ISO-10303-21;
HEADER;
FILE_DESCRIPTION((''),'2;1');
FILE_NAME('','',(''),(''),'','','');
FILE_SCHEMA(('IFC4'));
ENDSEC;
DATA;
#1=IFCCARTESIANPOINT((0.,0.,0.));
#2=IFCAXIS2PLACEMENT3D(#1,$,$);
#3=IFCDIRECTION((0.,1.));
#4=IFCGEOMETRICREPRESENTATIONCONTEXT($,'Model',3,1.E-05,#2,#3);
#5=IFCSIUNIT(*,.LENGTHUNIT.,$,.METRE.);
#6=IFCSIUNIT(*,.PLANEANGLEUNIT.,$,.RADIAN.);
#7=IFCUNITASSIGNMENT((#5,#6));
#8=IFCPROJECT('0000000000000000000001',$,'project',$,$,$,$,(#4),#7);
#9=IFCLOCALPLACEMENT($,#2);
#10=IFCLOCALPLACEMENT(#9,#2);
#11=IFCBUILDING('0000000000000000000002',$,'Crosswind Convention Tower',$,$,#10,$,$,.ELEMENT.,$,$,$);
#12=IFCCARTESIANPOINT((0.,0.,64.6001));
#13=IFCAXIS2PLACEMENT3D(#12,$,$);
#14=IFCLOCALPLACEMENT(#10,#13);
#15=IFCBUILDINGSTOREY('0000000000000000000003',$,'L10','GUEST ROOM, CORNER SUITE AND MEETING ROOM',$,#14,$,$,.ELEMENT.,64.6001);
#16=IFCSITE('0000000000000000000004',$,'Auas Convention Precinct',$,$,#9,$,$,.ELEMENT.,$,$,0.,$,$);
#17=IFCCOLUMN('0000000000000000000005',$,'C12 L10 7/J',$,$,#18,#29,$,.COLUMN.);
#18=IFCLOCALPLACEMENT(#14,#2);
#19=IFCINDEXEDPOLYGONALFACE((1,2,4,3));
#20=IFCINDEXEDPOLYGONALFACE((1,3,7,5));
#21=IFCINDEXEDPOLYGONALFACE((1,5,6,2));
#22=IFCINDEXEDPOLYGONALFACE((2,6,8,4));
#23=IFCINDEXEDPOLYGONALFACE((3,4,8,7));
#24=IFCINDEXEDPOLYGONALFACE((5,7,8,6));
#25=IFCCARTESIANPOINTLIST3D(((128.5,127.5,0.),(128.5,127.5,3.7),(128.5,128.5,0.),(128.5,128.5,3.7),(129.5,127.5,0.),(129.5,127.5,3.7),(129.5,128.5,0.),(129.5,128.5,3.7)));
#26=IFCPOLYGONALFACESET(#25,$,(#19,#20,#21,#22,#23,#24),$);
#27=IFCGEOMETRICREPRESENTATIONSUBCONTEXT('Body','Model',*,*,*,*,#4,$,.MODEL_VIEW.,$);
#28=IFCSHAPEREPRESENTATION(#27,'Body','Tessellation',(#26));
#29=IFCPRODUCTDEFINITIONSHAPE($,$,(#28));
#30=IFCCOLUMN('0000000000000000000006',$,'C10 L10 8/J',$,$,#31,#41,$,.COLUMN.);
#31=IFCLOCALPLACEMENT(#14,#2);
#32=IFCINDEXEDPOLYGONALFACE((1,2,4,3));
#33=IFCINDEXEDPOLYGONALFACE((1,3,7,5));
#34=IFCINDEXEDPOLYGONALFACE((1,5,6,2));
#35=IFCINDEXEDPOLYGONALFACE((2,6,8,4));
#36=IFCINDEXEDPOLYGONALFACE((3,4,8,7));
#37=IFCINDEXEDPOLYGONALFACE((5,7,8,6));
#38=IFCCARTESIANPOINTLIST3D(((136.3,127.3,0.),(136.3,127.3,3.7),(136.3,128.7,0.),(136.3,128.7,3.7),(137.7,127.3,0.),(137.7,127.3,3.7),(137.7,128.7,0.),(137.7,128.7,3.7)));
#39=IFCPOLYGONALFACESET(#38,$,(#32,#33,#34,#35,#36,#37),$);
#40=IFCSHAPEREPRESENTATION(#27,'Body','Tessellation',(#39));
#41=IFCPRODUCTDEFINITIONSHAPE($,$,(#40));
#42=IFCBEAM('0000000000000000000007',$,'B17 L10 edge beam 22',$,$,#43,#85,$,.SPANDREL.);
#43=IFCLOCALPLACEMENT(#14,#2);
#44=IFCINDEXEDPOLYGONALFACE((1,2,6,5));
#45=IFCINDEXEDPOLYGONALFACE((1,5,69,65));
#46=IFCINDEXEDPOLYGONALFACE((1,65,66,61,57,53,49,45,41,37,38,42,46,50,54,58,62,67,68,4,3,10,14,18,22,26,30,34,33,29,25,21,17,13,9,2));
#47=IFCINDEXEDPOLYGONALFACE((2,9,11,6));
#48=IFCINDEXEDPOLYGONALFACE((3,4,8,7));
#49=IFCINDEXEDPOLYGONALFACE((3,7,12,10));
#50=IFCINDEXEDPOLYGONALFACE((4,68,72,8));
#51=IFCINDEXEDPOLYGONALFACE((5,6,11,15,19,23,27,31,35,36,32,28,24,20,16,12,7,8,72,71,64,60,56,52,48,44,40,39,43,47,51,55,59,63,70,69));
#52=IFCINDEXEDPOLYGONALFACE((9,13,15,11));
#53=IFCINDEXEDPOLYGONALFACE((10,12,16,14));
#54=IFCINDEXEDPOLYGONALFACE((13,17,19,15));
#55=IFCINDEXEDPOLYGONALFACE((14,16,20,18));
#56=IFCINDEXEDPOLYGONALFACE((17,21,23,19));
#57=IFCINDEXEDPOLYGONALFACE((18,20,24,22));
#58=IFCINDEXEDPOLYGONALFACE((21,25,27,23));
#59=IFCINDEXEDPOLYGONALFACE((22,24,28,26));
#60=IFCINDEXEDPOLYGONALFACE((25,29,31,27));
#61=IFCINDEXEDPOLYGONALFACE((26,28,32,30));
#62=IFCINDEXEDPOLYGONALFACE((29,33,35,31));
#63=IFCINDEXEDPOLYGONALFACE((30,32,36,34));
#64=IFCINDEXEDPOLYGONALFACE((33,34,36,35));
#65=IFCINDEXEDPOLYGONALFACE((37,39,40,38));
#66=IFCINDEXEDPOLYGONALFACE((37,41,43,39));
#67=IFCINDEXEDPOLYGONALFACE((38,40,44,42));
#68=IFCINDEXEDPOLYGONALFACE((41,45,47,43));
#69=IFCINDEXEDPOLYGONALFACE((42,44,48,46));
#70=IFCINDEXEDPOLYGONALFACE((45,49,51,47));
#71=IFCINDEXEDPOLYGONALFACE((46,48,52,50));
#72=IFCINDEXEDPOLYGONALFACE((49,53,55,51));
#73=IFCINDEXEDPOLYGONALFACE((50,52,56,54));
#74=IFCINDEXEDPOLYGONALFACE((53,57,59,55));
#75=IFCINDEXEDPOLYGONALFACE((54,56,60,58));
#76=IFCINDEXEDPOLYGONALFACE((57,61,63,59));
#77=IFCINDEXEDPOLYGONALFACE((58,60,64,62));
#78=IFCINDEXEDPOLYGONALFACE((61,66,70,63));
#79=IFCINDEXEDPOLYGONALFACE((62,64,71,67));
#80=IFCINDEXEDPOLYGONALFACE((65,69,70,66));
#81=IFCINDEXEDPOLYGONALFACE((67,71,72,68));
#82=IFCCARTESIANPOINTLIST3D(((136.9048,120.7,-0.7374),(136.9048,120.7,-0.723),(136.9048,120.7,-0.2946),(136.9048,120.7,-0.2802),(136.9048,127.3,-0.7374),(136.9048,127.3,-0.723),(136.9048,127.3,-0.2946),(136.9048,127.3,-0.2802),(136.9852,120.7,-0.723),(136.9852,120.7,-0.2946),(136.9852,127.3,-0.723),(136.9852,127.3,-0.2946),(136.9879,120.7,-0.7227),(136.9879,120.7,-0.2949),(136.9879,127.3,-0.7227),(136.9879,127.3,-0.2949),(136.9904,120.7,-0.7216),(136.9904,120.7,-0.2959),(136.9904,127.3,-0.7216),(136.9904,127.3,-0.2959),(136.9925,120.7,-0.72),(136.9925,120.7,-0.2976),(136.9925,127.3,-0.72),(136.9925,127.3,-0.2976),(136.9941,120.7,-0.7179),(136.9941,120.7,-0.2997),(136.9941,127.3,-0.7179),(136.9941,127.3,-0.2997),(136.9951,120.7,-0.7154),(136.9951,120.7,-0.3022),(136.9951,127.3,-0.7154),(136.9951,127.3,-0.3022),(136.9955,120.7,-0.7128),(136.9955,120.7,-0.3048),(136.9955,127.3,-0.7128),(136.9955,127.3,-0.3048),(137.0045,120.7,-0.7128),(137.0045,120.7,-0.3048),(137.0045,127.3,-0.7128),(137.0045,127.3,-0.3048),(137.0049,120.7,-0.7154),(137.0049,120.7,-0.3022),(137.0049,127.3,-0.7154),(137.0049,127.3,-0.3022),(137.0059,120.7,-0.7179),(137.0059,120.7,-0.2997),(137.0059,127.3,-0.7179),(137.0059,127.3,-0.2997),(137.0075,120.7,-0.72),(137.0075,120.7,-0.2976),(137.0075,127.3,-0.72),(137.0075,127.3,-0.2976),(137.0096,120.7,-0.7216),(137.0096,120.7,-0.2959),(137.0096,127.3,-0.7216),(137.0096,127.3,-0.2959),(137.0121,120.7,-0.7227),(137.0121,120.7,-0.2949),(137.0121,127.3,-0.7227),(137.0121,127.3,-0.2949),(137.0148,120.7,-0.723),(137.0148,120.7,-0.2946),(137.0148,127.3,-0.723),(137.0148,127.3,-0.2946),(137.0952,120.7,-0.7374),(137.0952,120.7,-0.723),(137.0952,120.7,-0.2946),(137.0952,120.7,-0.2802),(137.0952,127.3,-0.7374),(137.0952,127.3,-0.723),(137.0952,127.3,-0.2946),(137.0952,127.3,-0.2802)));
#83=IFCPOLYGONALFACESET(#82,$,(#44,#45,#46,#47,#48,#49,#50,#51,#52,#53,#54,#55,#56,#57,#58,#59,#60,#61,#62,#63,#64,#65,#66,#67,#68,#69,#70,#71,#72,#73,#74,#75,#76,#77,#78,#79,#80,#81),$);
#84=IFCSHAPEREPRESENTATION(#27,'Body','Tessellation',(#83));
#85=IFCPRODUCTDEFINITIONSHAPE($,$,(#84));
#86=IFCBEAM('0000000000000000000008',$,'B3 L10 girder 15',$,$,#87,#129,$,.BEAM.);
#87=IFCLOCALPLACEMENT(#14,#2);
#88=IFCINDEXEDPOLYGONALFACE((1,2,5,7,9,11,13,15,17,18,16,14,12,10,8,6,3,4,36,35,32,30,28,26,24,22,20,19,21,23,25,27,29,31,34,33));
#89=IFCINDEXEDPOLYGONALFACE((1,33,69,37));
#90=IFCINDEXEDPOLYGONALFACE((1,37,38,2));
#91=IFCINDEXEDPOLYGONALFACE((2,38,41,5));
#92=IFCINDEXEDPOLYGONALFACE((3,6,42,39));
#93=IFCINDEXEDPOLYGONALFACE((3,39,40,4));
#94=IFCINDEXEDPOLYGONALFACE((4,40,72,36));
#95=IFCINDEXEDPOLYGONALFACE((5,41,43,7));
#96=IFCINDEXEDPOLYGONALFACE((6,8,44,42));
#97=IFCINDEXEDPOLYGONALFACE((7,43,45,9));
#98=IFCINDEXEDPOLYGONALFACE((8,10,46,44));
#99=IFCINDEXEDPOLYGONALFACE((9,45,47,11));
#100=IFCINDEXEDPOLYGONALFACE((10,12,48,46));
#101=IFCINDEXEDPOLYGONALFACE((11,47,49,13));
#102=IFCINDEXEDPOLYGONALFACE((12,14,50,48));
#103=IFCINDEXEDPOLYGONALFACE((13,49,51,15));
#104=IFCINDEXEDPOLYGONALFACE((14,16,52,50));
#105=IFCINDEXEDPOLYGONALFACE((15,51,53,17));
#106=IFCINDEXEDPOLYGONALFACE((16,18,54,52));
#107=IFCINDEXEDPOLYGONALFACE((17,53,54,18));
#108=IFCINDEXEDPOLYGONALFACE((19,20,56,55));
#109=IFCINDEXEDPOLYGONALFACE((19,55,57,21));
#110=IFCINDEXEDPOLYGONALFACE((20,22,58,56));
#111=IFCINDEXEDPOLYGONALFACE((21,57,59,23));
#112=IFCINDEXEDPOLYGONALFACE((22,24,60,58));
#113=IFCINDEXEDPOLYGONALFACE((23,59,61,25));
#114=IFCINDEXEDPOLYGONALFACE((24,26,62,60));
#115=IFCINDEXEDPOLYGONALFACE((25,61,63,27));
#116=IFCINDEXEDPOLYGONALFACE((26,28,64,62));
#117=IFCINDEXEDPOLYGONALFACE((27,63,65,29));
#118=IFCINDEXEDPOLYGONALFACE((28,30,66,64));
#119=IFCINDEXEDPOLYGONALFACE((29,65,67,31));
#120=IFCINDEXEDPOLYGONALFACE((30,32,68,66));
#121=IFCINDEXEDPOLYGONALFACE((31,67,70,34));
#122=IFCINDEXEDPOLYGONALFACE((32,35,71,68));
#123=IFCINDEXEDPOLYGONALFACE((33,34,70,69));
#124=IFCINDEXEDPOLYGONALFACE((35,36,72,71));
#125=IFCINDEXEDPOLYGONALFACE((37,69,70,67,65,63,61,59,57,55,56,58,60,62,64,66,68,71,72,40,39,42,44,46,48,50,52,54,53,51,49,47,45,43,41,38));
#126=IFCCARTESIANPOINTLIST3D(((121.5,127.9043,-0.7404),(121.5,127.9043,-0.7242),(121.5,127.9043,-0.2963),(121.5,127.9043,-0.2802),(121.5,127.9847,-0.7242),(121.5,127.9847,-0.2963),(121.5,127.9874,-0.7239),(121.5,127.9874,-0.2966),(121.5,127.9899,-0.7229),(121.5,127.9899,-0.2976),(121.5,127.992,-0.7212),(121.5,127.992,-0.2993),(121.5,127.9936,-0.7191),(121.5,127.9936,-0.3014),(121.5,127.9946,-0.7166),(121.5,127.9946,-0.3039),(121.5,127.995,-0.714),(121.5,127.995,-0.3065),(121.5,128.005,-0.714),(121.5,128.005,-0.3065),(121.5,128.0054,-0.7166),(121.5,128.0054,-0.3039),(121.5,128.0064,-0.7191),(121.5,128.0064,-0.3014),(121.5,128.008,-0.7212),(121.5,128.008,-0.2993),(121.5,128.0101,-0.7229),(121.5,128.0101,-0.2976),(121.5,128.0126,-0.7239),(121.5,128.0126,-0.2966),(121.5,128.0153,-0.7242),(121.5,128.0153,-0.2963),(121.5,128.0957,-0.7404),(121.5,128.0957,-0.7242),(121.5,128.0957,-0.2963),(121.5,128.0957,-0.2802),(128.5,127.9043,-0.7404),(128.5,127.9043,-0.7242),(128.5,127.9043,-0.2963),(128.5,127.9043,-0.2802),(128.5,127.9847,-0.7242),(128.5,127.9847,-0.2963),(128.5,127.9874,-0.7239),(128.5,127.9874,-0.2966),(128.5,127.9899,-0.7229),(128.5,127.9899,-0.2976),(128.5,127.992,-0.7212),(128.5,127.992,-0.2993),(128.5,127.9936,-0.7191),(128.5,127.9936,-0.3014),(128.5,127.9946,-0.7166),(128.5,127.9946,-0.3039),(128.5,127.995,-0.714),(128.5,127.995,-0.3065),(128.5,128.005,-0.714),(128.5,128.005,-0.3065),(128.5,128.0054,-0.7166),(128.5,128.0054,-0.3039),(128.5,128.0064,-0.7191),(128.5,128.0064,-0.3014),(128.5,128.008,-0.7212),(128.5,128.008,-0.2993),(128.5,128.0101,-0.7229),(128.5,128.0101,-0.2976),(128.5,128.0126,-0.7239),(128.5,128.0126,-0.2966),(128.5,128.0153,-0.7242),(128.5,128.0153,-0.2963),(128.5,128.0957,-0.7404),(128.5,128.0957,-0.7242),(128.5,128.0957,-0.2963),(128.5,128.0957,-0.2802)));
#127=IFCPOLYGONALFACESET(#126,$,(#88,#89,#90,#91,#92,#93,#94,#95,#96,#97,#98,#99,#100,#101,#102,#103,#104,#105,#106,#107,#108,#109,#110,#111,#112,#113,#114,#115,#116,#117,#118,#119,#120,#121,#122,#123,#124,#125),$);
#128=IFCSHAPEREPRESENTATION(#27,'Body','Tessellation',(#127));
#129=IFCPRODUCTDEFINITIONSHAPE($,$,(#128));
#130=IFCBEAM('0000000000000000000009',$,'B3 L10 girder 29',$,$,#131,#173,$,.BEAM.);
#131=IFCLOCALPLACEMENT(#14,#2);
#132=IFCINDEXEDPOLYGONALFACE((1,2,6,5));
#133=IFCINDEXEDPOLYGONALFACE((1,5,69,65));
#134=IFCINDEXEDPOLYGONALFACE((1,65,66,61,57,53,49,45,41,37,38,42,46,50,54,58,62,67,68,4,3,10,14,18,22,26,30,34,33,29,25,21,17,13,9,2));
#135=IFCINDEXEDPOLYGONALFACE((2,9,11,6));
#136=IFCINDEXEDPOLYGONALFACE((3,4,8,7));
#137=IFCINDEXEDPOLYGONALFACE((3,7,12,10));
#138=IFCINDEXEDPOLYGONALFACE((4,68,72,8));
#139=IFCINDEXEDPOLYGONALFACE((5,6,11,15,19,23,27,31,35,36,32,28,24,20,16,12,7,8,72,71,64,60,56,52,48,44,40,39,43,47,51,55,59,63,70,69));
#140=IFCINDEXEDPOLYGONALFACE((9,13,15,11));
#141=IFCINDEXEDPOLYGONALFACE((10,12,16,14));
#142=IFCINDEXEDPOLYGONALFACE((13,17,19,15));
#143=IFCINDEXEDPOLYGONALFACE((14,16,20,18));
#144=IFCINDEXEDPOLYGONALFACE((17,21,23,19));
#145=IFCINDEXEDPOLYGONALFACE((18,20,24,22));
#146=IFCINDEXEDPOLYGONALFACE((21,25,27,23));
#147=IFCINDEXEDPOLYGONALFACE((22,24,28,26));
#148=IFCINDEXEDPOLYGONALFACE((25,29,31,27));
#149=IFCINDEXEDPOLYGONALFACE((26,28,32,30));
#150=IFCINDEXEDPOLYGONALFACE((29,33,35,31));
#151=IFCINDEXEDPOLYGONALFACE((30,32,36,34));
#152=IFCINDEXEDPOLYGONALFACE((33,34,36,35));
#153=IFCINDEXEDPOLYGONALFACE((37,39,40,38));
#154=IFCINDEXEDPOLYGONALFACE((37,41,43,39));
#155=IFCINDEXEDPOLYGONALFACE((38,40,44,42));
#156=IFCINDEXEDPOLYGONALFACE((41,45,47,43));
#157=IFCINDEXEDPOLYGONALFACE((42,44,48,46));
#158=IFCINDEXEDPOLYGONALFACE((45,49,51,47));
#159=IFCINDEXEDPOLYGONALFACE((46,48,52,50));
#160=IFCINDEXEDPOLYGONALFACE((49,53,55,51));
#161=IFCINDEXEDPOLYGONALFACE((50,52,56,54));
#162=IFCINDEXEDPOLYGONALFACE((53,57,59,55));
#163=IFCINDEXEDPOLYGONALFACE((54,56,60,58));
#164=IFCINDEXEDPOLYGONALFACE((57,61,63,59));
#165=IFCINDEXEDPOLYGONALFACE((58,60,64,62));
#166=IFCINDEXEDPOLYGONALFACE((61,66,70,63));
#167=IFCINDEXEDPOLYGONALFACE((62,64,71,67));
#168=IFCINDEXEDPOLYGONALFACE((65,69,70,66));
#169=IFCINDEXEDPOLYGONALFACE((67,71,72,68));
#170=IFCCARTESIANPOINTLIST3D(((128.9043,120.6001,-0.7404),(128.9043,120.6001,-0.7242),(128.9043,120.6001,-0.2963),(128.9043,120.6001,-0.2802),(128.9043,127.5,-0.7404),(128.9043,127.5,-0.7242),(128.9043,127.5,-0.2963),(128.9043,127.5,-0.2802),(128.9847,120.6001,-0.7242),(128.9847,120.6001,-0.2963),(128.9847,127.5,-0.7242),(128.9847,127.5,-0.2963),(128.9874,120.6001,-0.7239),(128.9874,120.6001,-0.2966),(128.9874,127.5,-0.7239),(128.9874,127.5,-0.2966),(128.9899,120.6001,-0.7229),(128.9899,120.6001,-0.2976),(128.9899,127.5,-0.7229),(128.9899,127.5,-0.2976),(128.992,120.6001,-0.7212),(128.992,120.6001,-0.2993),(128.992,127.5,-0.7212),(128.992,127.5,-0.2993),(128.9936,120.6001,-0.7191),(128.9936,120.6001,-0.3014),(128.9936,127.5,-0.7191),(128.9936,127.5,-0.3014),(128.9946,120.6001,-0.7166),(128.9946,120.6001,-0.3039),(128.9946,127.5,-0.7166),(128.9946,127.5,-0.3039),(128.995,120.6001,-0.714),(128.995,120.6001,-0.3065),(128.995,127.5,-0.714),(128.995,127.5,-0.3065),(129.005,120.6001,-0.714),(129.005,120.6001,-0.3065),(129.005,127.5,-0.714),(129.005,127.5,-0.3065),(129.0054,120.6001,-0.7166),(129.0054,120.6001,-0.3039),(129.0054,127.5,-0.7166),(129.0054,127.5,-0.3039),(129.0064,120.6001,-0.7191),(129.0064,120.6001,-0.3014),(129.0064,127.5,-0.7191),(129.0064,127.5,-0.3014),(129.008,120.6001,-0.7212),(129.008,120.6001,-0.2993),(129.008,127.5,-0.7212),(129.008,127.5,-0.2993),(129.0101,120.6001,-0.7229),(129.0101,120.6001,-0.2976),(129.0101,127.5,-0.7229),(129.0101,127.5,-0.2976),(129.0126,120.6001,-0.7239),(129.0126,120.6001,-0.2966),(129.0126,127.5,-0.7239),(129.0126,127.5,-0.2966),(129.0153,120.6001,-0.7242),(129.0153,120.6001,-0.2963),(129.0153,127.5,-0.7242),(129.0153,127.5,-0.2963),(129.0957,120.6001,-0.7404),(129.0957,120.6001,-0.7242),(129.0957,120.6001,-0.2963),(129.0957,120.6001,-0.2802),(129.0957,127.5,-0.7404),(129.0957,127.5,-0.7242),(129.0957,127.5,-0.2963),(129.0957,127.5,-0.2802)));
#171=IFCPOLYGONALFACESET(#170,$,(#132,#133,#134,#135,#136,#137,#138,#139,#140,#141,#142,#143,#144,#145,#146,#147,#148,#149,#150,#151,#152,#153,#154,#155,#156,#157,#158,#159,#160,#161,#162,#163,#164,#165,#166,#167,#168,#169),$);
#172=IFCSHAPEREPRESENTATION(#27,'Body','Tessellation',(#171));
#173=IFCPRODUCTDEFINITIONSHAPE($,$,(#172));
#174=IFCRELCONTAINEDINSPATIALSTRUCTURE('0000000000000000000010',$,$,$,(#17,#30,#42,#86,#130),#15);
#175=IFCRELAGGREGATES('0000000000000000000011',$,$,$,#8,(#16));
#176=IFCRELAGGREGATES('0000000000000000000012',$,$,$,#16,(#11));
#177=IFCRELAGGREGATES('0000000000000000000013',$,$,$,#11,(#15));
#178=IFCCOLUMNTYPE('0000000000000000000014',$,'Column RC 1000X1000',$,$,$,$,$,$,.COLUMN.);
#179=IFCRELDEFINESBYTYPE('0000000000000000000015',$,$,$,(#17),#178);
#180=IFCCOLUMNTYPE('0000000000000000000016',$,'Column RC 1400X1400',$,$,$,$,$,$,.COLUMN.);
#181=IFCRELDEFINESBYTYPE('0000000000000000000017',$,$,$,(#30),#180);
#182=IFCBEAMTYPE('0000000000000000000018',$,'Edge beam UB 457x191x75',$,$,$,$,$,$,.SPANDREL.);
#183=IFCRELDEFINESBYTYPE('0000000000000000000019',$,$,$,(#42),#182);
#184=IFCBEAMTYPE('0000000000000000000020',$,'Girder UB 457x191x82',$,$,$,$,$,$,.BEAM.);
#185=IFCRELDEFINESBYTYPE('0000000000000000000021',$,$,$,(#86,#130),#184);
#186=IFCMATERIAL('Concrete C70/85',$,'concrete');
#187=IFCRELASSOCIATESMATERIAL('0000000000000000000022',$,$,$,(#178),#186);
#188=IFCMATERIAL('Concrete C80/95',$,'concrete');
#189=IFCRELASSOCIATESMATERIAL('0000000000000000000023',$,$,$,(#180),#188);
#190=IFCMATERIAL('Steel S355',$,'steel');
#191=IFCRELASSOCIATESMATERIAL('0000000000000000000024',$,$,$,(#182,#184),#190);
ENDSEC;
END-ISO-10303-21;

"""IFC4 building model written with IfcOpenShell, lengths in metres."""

from ifc_helpers import new_model, si_unit, direction, frame, origin, origin_2d, place, context, subcontext, project, spatial, rectangle, i_section, extrude, material, material_profile, profile_set, type_object, element, save


model = new_model("IFC4")

# Units and contexts
model_context = context("Model", 3, precision=1e-05, world=origin(), true_north=direction((0.0, 1.0)))
body_context = subcontext(model_context, "Body", "Model", "MODEL_VIEW")
ifc_project = project(units=[si_unit("LENGTHUNIT", "METRE"), si_unit("PLANEANGLEUNIT", "RADIAN")], contexts=[model_context])

# Site, building, storey
site_placement = place(None, origin())
site = spatial("IfcSite", under=ifc_project, at=site_placement, Name="Auas Convention Precinct", CompositionType="ELEMENT", RefElevation=0.0)
building_placement = place(site_placement, origin())
building = spatial("IfcBuilding", under=site, at=building_placement, Name="Crosswind Convention Tower", CompositionType="ELEMENT")
storey_placement = place(building_placement, frame((0.0, 0.0, 64.6001)))
storey = spatial("IfcBuildingStorey", under=building, at=storey_placement, Name="L10", Description="GUEST ROOM, CORNER SUITE AND MEETING ROOM", CompositionType="ELEMENT", Elevation=64.6001)

# Columns
ifc_material_1 = material(Name="Concrete C70/85", Category="concrete")
ifc_material_profile_1 = material_profile(ifc_material_1, rectangle(XDim=1.0, YDim=1.0, at=origin_2d()), Name="RC 1000X1000")
ifc_profile_set_1 = profile_set([ifc_material_profile_1], Name="Concrete C70/85")
column_type_1 = type_object("IfcColumnType", Name="Column RC 1000X1000", PredefinedType="COLUMN", material=ifc_profile_set_1)
column_1_placement = place(storey_placement, frame((129.0, 128.0, 0.0), z_axis=(0.0, 0.0, 1.0), x_axis=(1.0, 0.0, 0.0)))
element("IfcColumn", 1, at=column_1_placement, inside=storey, type_object=column_type_1, Name="C12 L10 7/J", PredefinedType="COLUMN", context=body_context, shape_type="SweptSolid", body=[
    extrude(rectangle(XDim=1.0, YDim=1.0, at=origin_2d()), origin(), (0.0, 0.0, 1.0), 3.7),
])
ifc_material_2 = material(Name="Concrete C80/95", Category="concrete")
ifc_material_profile_2 = material_profile(ifc_material_2, rectangle(XDim=1.3999, YDim=1.3999, at=origin_2d()), Name="RC 1400X1400")
ifc_profile_set_2 = profile_set([ifc_material_profile_2], Name="Concrete C80/95")
column_type_2 = type_object("IfcColumnType", Name="Column RC 1400X1400", PredefinedType="COLUMN", material=ifc_profile_set_2)
column_2_placement = place(storey_placement, frame((137.0, 128.0, 0.0), z_axis=(0.0, 0.0, 1.0), x_axis=(1.0, 0.0, 0.0)))
element("IfcColumn", 2, at=column_2_placement, inside=storey, type_object=column_type_2, Name="C10 L10 8/J", PredefinedType="COLUMN", context=body_context, shape_type="SweptSolid", body=[
    extrude(rectangle(XDim=1.3999, YDim=1.3999, at=origin_2d()), origin(), (0.0, 0.0, 1.0), 3.7),
])

# Beams
ifc_material_3 = material(Name="Steel S355", Category="steel")
ifc_material_profile_3 = material_profile(ifc_material_3, i_section(OverallWidth=0.1904, OverallDepth=0.4573, WebThickness=0.009, FlangeThickness=0.0144, FilletRadius=0.0103, at=origin_2d()), Name="UB 457x191x75")
ifc_profile_set_3 = profile_set([ifc_material_profile_3], Name="Steel S355")
beam_type_1 = type_object("IfcBeamType", Name="Edge beam UB 457x191x75", PredefinedType="SPANDREL", material=ifc_profile_set_3)
beam_1_placement = place(storey_placement, frame((137.0, 120.7, -0.5088), z_axis=(0.0, 1.0, 0.0), x_axis=(-1.0, 0.0, 0.0)))
element("IfcBeam", 3, at=beam_1_placement, inside=storey, type_object=beam_type_1, Name="B17 L10 edge beam 22", PredefinedType="SPANDREL", context=body_context, shape_type="SweptSolid", body=[
    extrude(i_section(OverallWidth=0.1904, OverallDepth=0.4573, WebThickness=0.009, FlangeThickness=0.0144, FilletRadius=0.0103, at=origin_2d()), origin(), (0.0, 0.0, 1.0), 6.6001),
])
ifc_material_profile_4 = material_profile(ifc_material_3, i_section(OverallWidth=0.1914, OverallDepth=0.4602, WebThickness=0.01, FlangeThickness=0.0161, FilletRadius=0.0103, at=origin_2d()), Name="UB 457x191x82")
ifc_profile_set_4 = profile_set([ifc_material_profile_4], Name="Steel S355")
beam_type_2 = type_object("IfcBeamType", Name="Girder UB 457x191x82", PredefinedType="BEAM", material=ifc_profile_set_4)
beam_2_placement = place(storey_placement, frame((121.5, 128.0, -0.5103), z_axis=(1.0, 0.0, 0.0), x_axis=(0.0, 1.0, 0.0)))
element("IfcBeam", 4, at=beam_2_placement, inside=storey, type_object=beam_type_2, Name="B3 L10 girder 15", PredefinedType="BEAM", context=body_context, shape_type="SweptSolid", body=[
    extrude(i_section(OverallWidth=0.1914, OverallDepth=0.4602, WebThickness=0.01, FlangeThickness=0.0161, FilletRadius=0.0103, at=origin_2d()), origin(), (0.0, 0.0, 1.0), 7.0),
])
beam_3_placement = place(storey_placement, frame((129.0, 120.6001, -0.5103), z_axis=(0.0, 1.0, 0.0), x_axis=(-1.0, 0.0, 0.0)))
element("IfcBeam", 5, at=beam_3_placement, inside=storey, type_object=beam_type_2, Name="B3 L10 girder 29", PredefinedType="BEAM", context=body_context, shape_type="SweptSolid", body=[
    extrude(i_section(OverallWidth=0.1914, OverallDepth=0.4602, WebThickness=0.01, FlangeThickness=0.0161, FilletRadius=0.0103, at=origin_2d()), origin(), (0.0, 0.0, 1.0), 6.8999),
])

save(model, "model.ifc")
